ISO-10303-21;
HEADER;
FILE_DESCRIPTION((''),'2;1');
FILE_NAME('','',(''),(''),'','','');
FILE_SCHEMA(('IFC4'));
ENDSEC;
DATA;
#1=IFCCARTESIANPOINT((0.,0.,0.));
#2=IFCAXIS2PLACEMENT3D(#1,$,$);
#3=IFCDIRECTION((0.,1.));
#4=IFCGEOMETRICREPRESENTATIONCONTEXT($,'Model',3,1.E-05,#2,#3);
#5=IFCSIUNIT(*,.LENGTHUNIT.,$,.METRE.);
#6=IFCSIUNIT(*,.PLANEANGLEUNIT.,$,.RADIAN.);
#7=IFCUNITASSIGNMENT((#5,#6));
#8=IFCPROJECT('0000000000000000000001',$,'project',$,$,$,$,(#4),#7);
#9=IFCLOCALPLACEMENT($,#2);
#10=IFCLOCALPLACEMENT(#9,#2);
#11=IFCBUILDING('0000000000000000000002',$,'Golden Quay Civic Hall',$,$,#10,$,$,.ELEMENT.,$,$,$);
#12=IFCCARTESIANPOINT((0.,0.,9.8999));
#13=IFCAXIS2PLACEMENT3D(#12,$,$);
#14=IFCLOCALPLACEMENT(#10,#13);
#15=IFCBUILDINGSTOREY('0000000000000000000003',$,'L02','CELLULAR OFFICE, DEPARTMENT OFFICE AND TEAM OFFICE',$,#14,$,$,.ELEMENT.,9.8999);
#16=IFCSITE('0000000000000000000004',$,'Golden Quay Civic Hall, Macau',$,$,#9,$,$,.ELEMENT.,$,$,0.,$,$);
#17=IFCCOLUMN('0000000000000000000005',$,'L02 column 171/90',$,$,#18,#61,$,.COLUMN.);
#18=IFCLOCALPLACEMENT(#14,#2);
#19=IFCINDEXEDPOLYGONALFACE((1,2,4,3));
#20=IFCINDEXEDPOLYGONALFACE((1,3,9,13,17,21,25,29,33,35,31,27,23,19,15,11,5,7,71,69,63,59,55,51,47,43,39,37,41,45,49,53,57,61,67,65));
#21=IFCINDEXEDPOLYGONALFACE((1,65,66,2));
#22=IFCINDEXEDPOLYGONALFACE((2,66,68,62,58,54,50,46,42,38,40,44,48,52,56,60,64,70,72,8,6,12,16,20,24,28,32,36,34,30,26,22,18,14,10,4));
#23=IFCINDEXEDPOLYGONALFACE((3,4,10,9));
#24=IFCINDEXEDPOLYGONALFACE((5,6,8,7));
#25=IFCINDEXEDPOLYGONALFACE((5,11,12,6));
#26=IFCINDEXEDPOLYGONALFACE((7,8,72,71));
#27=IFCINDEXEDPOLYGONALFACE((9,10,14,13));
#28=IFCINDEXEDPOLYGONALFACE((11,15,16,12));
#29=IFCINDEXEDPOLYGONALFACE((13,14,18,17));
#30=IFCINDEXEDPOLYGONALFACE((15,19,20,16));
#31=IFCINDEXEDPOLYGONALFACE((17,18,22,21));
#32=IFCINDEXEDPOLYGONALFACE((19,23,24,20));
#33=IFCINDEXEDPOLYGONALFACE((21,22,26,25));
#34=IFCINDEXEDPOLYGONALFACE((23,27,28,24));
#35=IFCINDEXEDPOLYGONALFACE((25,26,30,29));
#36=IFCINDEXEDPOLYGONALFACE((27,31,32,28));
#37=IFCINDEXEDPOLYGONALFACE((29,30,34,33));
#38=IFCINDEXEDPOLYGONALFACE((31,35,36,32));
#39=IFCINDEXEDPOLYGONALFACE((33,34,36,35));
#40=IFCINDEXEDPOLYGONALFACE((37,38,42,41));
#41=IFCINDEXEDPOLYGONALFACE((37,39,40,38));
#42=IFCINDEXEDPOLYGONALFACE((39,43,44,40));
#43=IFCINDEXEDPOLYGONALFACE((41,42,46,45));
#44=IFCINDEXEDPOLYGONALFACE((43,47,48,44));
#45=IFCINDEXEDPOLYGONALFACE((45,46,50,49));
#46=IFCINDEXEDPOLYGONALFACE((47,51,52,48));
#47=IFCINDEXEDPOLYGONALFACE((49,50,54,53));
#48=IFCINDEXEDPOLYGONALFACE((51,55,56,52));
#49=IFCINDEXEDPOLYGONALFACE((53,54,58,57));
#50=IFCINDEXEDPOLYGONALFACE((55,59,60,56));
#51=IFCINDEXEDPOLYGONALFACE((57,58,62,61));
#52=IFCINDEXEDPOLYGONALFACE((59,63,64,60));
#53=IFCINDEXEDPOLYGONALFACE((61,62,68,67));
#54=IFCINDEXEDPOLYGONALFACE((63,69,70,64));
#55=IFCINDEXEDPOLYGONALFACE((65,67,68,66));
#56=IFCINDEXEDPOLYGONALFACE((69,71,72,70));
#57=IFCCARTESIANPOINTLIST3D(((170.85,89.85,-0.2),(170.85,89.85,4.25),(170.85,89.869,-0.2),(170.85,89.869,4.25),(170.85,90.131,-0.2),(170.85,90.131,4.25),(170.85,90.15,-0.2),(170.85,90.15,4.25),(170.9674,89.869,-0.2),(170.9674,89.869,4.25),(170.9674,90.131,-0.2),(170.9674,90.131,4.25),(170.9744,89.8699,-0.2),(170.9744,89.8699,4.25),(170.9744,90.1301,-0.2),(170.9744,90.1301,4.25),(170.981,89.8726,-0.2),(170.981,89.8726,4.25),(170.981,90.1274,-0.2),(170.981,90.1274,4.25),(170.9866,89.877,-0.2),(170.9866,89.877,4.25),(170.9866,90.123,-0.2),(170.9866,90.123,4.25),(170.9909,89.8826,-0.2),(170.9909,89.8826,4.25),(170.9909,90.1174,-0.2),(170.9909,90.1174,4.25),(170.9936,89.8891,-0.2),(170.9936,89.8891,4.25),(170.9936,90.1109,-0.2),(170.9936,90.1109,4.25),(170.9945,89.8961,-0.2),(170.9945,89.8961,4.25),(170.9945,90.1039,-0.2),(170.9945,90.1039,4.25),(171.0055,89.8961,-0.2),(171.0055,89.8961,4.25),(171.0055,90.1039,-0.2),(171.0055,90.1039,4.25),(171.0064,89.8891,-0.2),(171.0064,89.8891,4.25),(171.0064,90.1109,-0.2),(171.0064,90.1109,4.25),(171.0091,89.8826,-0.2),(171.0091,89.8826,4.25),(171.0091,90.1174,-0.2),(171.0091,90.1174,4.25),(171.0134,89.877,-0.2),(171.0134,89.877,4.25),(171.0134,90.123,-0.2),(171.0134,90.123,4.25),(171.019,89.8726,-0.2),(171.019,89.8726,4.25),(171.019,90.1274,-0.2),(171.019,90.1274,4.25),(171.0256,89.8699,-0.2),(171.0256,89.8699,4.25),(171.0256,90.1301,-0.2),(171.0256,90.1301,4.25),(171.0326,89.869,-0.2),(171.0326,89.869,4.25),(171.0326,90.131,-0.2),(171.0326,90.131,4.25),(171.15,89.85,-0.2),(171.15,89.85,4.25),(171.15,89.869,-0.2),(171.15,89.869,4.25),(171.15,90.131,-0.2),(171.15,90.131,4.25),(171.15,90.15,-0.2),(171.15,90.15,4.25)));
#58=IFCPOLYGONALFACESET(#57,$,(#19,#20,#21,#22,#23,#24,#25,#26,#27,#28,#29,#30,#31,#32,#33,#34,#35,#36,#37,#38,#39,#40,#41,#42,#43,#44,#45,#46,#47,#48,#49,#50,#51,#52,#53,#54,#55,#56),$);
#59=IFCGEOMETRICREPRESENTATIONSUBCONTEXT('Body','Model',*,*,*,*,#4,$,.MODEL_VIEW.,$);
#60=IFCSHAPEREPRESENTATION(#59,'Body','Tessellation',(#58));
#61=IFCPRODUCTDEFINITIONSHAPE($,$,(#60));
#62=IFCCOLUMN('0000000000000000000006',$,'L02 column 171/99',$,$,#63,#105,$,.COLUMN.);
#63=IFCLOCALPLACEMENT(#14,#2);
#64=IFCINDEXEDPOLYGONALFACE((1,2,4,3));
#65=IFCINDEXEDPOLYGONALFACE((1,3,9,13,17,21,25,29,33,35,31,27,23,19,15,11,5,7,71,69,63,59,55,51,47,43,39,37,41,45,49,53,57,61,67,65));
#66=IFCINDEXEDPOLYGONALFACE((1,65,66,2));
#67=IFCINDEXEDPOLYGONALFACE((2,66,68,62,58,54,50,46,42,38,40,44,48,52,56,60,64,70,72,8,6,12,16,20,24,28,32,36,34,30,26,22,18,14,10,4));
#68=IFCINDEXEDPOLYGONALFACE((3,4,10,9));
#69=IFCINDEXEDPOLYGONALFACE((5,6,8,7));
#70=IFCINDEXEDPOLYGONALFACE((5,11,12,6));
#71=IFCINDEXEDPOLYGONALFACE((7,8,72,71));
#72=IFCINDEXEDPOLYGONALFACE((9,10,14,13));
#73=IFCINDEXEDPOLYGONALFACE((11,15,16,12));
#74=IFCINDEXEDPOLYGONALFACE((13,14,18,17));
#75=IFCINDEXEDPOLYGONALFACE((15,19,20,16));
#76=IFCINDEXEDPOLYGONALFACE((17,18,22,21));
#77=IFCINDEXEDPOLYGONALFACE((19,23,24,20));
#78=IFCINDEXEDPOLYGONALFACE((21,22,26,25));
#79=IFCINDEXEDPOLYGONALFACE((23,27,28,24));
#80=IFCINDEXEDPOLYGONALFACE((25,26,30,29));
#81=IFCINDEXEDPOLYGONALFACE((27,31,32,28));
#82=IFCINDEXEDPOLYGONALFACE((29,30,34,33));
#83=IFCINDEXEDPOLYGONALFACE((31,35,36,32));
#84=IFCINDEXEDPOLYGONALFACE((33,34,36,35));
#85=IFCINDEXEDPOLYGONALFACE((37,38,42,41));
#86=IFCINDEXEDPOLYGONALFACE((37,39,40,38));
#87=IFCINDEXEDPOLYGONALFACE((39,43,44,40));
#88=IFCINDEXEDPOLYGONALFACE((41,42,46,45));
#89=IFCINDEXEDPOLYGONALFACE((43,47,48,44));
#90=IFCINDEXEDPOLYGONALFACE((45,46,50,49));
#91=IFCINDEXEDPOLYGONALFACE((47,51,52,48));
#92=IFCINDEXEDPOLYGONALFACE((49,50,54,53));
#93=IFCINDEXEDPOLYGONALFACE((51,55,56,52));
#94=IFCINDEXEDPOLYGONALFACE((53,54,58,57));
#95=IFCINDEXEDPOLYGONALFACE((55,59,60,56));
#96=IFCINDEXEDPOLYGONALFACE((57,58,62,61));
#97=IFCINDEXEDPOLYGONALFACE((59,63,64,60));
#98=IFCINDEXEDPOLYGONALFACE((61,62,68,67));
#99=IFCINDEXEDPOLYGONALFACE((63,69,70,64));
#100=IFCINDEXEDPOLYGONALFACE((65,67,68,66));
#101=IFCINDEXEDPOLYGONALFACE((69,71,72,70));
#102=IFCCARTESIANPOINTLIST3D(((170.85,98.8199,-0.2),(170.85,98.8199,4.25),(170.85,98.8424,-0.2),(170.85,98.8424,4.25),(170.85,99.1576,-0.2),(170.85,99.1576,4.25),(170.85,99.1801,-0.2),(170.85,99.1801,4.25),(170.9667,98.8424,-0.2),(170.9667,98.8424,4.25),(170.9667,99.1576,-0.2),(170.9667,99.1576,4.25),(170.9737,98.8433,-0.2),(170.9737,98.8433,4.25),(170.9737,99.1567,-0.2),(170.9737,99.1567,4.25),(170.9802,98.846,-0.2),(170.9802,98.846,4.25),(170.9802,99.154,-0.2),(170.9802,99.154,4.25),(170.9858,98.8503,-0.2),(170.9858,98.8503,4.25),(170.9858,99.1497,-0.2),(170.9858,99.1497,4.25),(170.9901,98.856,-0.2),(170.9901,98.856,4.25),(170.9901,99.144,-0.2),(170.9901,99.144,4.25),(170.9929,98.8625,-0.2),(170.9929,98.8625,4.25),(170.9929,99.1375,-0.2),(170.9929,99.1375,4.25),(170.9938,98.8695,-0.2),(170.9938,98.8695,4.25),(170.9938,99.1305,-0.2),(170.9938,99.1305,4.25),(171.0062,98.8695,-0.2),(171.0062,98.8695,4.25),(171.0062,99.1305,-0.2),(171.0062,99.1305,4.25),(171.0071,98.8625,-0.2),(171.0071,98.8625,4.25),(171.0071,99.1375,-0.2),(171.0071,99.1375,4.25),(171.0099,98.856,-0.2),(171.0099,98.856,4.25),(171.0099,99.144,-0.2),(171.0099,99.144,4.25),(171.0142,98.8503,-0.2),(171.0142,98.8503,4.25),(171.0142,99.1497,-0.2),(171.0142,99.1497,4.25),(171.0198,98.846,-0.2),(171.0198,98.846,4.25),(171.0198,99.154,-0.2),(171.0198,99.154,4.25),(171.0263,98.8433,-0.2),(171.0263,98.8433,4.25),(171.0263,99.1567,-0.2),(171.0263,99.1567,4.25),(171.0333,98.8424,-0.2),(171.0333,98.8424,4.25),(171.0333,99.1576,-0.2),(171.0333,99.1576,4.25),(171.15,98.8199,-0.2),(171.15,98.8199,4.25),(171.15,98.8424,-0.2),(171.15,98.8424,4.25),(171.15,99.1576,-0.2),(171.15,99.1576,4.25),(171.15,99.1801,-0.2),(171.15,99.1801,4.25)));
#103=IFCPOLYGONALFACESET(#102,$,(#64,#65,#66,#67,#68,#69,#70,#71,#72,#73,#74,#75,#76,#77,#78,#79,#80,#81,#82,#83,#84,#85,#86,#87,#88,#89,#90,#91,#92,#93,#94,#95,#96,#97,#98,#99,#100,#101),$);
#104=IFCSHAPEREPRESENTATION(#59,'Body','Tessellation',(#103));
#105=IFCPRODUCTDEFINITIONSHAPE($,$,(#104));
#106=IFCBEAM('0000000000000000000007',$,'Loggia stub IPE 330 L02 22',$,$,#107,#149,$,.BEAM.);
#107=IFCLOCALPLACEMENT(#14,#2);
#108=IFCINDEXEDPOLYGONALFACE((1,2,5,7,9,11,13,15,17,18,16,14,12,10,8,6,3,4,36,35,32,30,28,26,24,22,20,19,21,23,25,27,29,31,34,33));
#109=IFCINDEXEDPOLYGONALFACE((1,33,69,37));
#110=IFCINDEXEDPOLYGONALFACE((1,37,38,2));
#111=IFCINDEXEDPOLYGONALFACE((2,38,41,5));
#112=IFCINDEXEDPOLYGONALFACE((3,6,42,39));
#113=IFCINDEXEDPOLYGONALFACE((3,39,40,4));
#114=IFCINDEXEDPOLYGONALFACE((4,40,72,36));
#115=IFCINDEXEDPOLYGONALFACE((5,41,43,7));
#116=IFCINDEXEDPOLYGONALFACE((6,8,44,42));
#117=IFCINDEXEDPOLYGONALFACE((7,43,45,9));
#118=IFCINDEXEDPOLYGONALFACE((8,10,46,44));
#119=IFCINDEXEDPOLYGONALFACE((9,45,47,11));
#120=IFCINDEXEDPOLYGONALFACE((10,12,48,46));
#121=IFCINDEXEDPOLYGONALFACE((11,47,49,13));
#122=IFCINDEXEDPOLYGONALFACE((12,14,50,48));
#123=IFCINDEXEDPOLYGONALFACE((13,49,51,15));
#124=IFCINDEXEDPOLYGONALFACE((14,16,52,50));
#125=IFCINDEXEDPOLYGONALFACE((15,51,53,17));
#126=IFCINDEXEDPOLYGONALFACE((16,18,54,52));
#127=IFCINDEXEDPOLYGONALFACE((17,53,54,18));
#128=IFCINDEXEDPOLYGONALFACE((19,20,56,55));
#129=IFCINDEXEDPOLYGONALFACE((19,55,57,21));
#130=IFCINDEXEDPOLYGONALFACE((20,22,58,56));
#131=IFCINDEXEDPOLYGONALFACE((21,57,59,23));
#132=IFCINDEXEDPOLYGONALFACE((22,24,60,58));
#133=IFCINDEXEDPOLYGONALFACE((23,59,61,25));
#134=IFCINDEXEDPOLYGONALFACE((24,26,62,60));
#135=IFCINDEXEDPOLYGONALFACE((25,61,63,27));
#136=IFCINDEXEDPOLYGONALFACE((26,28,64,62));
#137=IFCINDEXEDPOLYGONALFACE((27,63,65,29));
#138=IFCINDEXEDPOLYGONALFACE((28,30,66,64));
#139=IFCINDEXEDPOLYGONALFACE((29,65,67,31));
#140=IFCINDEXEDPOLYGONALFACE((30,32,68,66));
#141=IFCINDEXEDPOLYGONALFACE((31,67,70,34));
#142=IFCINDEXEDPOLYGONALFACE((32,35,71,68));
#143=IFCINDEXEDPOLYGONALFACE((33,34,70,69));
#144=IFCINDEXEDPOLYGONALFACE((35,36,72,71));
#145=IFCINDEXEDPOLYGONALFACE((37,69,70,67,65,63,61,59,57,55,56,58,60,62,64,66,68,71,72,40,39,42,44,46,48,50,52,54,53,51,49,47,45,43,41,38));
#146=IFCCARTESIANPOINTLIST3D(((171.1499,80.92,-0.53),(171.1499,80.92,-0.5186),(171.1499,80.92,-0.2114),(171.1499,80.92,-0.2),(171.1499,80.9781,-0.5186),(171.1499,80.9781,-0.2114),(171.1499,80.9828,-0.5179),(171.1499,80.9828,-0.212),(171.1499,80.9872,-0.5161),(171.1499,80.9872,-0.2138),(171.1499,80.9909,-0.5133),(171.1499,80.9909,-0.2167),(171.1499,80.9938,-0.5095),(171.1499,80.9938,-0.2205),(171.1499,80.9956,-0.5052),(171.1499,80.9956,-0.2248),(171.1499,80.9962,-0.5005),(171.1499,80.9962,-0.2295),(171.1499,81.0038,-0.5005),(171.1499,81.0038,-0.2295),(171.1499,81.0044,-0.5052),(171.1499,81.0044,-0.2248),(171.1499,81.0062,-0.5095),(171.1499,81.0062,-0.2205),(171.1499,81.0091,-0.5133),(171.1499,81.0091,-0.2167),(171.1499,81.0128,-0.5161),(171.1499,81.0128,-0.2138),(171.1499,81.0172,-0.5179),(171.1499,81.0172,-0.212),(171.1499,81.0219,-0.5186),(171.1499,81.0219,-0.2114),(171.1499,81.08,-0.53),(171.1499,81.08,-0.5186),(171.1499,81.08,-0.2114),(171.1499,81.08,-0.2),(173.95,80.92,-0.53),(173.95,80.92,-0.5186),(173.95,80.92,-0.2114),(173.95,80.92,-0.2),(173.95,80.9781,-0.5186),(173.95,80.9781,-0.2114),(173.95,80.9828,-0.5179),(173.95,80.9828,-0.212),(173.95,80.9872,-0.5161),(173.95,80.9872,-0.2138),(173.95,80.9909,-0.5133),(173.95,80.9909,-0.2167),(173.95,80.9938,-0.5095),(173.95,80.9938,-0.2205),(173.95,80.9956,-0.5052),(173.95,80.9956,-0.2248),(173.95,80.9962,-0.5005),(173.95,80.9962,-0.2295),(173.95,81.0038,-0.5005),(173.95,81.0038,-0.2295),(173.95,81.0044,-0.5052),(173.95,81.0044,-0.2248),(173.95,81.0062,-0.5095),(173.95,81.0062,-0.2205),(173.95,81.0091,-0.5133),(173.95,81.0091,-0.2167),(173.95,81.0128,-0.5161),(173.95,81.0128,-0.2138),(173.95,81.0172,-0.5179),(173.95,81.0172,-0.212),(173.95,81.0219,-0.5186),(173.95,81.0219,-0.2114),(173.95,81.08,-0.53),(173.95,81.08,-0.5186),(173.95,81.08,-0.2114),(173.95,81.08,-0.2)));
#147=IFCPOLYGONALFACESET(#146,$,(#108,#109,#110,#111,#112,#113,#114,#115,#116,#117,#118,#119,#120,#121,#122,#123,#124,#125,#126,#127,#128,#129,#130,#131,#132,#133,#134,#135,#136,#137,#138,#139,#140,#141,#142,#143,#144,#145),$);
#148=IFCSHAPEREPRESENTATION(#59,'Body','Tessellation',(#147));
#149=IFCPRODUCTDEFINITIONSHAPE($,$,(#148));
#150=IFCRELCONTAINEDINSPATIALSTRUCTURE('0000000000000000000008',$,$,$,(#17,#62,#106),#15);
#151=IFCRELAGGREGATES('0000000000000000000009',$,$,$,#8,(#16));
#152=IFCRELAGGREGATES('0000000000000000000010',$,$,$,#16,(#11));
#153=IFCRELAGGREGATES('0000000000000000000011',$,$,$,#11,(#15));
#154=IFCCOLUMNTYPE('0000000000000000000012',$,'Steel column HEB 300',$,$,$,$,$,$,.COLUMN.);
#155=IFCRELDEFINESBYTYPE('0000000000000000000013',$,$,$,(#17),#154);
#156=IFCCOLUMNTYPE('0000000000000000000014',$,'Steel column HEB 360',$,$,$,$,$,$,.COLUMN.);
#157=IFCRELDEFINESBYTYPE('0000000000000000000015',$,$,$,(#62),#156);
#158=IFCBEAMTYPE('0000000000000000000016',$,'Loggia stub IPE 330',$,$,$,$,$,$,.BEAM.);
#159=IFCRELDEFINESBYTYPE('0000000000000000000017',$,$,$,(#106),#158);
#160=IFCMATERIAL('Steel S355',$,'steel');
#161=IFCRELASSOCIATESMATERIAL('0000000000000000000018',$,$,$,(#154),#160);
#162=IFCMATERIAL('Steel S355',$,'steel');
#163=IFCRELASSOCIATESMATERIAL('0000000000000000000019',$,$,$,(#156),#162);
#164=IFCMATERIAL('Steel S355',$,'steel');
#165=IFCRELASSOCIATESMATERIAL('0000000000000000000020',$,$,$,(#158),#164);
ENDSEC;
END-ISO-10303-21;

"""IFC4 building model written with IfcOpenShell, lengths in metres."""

from ifc_helpers import new_model, si_unit, direction, frame, origin, origin_2d, place, context, subcontext, project, spatial, i_section, extrude, material, material_profile, profile_set, type_object, element, save


model = new_model("IFC4")

# Units and contexts
model_context = context("Model", 3, precision=1e-05, world=origin(), true_north=direction((0.0, 1.0)))
body_context = subcontext(model_context, "Body", "Model", "MODEL_VIEW")
ifc_project = project(units=[si_unit("LENGTHUNIT", "METRE"), si_unit("PLANEANGLEUNIT", "RADIAN")], contexts=[model_context])

# Site, building, storey
site_placement = place(None, origin())
site = spatial("IfcSite", under=ifc_project, at=site_placement, Name="Golden Quay Civic Hall, Macau", CompositionType="ELEMENT", RefElevation=0.0)
building_placement = place(site_placement, origin())
building = spatial("IfcBuilding", under=site, at=building_placement, Name="Golden Quay Civic Hall", CompositionType="ELEMENT")
storey_placement = place(building_placement, frame((0.0, 0.0, 9.8999)))
storey = spatial("IfcBuildingStorey", under=building, at=storey_placement, Name="L02", Description="CELLULAR OFFICE, DEPARTMENT OFFICE AND TEAM OFFICE", CompositionType="ELEMENT", Elevation=9.8999)

# Columns
ifc_material_1 = material(Name="Steel S355", Category="steel")
ifc_material_profile_1 = material_profile(ifc_material_1, i_section(OverallWidth=0.3, OverallDepth=0.3, WebThickness=0.011, FlangeThickness=0.019, FilletRadius=0.0271, at=origin_2d()), Name="HEB 300")
ifc_profile_set_1 = profile_set([ifc_material_profile_1], Name="Steel S355")
column_type_1 = type_object("IfcColumnType", Name="Steel column HEB 300", PredefinedType="COLUMN", material=ifc_profile_set_1)
column_1_placement = place(storey_placement, frame((171.0, 90.0, -0.2), z_axis=(0.0, 0.0, 1.0), x_axis=(1.0, 0.0, 0.0)))
element("IfcColumn", 1, at=column_1_placement, inside=storey, type_object=column_type_1, Name="L02 column 171/90", PredefinedType="COLUMN", context=body_context, shape_type="SweptSolid", body=[
    extrude(i_section(OverallWidth=0.3, OverallDepth=0.3, WebThickness=0.011, FlangeThickness=0.019, FilletRadius=0.0271, at=origin_2d()), origin(), (0.0, 0.0, 1.0), 4.45),
])
ifc_material_2 = material(Name="Steel S355", Category="steel")
ifc_material_profile_2 = material_profile(ifc_material_2, i_section(OverallWidth=0.3, OverallDepth=0.3601, WebThickness=0.0125, FlangeThickness=0.0225, FilletRadius=0.0271, at=origin_2d()), Name="HEB 360")
ifc_profile_set_2 = profile_set([ifc_material_profile_2], Name="Steel S355")
column_type_2 = type_object("IfcColumnType", Name="Steel column HEB 360", PredefinedType="COLUMN", material=ifc_profile_set_2)
column_2_placement = place(storey_placement, frame((171.0, 99.0, -0.2), z_axis=(0.0, 0.0, 1.0), x_axis=(1.0, 0.0, 0.0)))
element("IfcColumn", 2, at=column_2_placement, inside=storey, type_object=column_type_2, Name="L02 column 171/99", PredefinedType="COLUMN", context=body_context, shape_type="SweptSolid", body=[
    extrude(i_section(OverallWidth=0.3, OverallDepth=0.3601, WebThickness=0.0125, FlangeThickness=0.0225, FilletRadius=0.0271, at=origin_2d()), origin(), (0.0, 0.0, 1.0), 4.45),
])

# Beam
ifc_material_3 = material(Name="Steel S355", Category="steel")
ifc_material_profile_3 = material_profile(ifc_material_3, i_section(OverallWidth=0.1599, OverallDepth=0.3301, WebThickness=0.0076, FlangeThickness=0.0115, FilletRadius=0.0181, at=origin_2d()), Name="IPE 330")
ifc_profile_set_3 = profile_set([ifc_material_profile_3], Name="Steel S355")
beam_type_1 = type_object("IfcBeamType", Name="Loggia stub IPE 330", PredefinedType="BEAM", material=ifc_profile_set_3)
beam_1_placement = place(storey_placement, frame((171.1499, 81.0, -0.365), z_axis=(1.0, 0.0, 0.0), x_axis=(0.0, 1.0, 0.0)))
element("IfcBeam", 3, at=beam_1_placement, inside=storey, type_object=beam_type_1, Name="Loggia stub IPE 330 L02 22", PredefinedType="BEAM", context=body_context, shape_type="SweptSolid", body=[
    extrude(i_section(OverallWidth=0.1599, OverallDepth=0.3301, WebThickness=0.0076, FlangeThickness=0.0115, FilletRadius=0.0181, at=origin_2d()), origin(), (0.0, 0.0, 1.0), 2.8),
])

save(model, "model.ifc")
